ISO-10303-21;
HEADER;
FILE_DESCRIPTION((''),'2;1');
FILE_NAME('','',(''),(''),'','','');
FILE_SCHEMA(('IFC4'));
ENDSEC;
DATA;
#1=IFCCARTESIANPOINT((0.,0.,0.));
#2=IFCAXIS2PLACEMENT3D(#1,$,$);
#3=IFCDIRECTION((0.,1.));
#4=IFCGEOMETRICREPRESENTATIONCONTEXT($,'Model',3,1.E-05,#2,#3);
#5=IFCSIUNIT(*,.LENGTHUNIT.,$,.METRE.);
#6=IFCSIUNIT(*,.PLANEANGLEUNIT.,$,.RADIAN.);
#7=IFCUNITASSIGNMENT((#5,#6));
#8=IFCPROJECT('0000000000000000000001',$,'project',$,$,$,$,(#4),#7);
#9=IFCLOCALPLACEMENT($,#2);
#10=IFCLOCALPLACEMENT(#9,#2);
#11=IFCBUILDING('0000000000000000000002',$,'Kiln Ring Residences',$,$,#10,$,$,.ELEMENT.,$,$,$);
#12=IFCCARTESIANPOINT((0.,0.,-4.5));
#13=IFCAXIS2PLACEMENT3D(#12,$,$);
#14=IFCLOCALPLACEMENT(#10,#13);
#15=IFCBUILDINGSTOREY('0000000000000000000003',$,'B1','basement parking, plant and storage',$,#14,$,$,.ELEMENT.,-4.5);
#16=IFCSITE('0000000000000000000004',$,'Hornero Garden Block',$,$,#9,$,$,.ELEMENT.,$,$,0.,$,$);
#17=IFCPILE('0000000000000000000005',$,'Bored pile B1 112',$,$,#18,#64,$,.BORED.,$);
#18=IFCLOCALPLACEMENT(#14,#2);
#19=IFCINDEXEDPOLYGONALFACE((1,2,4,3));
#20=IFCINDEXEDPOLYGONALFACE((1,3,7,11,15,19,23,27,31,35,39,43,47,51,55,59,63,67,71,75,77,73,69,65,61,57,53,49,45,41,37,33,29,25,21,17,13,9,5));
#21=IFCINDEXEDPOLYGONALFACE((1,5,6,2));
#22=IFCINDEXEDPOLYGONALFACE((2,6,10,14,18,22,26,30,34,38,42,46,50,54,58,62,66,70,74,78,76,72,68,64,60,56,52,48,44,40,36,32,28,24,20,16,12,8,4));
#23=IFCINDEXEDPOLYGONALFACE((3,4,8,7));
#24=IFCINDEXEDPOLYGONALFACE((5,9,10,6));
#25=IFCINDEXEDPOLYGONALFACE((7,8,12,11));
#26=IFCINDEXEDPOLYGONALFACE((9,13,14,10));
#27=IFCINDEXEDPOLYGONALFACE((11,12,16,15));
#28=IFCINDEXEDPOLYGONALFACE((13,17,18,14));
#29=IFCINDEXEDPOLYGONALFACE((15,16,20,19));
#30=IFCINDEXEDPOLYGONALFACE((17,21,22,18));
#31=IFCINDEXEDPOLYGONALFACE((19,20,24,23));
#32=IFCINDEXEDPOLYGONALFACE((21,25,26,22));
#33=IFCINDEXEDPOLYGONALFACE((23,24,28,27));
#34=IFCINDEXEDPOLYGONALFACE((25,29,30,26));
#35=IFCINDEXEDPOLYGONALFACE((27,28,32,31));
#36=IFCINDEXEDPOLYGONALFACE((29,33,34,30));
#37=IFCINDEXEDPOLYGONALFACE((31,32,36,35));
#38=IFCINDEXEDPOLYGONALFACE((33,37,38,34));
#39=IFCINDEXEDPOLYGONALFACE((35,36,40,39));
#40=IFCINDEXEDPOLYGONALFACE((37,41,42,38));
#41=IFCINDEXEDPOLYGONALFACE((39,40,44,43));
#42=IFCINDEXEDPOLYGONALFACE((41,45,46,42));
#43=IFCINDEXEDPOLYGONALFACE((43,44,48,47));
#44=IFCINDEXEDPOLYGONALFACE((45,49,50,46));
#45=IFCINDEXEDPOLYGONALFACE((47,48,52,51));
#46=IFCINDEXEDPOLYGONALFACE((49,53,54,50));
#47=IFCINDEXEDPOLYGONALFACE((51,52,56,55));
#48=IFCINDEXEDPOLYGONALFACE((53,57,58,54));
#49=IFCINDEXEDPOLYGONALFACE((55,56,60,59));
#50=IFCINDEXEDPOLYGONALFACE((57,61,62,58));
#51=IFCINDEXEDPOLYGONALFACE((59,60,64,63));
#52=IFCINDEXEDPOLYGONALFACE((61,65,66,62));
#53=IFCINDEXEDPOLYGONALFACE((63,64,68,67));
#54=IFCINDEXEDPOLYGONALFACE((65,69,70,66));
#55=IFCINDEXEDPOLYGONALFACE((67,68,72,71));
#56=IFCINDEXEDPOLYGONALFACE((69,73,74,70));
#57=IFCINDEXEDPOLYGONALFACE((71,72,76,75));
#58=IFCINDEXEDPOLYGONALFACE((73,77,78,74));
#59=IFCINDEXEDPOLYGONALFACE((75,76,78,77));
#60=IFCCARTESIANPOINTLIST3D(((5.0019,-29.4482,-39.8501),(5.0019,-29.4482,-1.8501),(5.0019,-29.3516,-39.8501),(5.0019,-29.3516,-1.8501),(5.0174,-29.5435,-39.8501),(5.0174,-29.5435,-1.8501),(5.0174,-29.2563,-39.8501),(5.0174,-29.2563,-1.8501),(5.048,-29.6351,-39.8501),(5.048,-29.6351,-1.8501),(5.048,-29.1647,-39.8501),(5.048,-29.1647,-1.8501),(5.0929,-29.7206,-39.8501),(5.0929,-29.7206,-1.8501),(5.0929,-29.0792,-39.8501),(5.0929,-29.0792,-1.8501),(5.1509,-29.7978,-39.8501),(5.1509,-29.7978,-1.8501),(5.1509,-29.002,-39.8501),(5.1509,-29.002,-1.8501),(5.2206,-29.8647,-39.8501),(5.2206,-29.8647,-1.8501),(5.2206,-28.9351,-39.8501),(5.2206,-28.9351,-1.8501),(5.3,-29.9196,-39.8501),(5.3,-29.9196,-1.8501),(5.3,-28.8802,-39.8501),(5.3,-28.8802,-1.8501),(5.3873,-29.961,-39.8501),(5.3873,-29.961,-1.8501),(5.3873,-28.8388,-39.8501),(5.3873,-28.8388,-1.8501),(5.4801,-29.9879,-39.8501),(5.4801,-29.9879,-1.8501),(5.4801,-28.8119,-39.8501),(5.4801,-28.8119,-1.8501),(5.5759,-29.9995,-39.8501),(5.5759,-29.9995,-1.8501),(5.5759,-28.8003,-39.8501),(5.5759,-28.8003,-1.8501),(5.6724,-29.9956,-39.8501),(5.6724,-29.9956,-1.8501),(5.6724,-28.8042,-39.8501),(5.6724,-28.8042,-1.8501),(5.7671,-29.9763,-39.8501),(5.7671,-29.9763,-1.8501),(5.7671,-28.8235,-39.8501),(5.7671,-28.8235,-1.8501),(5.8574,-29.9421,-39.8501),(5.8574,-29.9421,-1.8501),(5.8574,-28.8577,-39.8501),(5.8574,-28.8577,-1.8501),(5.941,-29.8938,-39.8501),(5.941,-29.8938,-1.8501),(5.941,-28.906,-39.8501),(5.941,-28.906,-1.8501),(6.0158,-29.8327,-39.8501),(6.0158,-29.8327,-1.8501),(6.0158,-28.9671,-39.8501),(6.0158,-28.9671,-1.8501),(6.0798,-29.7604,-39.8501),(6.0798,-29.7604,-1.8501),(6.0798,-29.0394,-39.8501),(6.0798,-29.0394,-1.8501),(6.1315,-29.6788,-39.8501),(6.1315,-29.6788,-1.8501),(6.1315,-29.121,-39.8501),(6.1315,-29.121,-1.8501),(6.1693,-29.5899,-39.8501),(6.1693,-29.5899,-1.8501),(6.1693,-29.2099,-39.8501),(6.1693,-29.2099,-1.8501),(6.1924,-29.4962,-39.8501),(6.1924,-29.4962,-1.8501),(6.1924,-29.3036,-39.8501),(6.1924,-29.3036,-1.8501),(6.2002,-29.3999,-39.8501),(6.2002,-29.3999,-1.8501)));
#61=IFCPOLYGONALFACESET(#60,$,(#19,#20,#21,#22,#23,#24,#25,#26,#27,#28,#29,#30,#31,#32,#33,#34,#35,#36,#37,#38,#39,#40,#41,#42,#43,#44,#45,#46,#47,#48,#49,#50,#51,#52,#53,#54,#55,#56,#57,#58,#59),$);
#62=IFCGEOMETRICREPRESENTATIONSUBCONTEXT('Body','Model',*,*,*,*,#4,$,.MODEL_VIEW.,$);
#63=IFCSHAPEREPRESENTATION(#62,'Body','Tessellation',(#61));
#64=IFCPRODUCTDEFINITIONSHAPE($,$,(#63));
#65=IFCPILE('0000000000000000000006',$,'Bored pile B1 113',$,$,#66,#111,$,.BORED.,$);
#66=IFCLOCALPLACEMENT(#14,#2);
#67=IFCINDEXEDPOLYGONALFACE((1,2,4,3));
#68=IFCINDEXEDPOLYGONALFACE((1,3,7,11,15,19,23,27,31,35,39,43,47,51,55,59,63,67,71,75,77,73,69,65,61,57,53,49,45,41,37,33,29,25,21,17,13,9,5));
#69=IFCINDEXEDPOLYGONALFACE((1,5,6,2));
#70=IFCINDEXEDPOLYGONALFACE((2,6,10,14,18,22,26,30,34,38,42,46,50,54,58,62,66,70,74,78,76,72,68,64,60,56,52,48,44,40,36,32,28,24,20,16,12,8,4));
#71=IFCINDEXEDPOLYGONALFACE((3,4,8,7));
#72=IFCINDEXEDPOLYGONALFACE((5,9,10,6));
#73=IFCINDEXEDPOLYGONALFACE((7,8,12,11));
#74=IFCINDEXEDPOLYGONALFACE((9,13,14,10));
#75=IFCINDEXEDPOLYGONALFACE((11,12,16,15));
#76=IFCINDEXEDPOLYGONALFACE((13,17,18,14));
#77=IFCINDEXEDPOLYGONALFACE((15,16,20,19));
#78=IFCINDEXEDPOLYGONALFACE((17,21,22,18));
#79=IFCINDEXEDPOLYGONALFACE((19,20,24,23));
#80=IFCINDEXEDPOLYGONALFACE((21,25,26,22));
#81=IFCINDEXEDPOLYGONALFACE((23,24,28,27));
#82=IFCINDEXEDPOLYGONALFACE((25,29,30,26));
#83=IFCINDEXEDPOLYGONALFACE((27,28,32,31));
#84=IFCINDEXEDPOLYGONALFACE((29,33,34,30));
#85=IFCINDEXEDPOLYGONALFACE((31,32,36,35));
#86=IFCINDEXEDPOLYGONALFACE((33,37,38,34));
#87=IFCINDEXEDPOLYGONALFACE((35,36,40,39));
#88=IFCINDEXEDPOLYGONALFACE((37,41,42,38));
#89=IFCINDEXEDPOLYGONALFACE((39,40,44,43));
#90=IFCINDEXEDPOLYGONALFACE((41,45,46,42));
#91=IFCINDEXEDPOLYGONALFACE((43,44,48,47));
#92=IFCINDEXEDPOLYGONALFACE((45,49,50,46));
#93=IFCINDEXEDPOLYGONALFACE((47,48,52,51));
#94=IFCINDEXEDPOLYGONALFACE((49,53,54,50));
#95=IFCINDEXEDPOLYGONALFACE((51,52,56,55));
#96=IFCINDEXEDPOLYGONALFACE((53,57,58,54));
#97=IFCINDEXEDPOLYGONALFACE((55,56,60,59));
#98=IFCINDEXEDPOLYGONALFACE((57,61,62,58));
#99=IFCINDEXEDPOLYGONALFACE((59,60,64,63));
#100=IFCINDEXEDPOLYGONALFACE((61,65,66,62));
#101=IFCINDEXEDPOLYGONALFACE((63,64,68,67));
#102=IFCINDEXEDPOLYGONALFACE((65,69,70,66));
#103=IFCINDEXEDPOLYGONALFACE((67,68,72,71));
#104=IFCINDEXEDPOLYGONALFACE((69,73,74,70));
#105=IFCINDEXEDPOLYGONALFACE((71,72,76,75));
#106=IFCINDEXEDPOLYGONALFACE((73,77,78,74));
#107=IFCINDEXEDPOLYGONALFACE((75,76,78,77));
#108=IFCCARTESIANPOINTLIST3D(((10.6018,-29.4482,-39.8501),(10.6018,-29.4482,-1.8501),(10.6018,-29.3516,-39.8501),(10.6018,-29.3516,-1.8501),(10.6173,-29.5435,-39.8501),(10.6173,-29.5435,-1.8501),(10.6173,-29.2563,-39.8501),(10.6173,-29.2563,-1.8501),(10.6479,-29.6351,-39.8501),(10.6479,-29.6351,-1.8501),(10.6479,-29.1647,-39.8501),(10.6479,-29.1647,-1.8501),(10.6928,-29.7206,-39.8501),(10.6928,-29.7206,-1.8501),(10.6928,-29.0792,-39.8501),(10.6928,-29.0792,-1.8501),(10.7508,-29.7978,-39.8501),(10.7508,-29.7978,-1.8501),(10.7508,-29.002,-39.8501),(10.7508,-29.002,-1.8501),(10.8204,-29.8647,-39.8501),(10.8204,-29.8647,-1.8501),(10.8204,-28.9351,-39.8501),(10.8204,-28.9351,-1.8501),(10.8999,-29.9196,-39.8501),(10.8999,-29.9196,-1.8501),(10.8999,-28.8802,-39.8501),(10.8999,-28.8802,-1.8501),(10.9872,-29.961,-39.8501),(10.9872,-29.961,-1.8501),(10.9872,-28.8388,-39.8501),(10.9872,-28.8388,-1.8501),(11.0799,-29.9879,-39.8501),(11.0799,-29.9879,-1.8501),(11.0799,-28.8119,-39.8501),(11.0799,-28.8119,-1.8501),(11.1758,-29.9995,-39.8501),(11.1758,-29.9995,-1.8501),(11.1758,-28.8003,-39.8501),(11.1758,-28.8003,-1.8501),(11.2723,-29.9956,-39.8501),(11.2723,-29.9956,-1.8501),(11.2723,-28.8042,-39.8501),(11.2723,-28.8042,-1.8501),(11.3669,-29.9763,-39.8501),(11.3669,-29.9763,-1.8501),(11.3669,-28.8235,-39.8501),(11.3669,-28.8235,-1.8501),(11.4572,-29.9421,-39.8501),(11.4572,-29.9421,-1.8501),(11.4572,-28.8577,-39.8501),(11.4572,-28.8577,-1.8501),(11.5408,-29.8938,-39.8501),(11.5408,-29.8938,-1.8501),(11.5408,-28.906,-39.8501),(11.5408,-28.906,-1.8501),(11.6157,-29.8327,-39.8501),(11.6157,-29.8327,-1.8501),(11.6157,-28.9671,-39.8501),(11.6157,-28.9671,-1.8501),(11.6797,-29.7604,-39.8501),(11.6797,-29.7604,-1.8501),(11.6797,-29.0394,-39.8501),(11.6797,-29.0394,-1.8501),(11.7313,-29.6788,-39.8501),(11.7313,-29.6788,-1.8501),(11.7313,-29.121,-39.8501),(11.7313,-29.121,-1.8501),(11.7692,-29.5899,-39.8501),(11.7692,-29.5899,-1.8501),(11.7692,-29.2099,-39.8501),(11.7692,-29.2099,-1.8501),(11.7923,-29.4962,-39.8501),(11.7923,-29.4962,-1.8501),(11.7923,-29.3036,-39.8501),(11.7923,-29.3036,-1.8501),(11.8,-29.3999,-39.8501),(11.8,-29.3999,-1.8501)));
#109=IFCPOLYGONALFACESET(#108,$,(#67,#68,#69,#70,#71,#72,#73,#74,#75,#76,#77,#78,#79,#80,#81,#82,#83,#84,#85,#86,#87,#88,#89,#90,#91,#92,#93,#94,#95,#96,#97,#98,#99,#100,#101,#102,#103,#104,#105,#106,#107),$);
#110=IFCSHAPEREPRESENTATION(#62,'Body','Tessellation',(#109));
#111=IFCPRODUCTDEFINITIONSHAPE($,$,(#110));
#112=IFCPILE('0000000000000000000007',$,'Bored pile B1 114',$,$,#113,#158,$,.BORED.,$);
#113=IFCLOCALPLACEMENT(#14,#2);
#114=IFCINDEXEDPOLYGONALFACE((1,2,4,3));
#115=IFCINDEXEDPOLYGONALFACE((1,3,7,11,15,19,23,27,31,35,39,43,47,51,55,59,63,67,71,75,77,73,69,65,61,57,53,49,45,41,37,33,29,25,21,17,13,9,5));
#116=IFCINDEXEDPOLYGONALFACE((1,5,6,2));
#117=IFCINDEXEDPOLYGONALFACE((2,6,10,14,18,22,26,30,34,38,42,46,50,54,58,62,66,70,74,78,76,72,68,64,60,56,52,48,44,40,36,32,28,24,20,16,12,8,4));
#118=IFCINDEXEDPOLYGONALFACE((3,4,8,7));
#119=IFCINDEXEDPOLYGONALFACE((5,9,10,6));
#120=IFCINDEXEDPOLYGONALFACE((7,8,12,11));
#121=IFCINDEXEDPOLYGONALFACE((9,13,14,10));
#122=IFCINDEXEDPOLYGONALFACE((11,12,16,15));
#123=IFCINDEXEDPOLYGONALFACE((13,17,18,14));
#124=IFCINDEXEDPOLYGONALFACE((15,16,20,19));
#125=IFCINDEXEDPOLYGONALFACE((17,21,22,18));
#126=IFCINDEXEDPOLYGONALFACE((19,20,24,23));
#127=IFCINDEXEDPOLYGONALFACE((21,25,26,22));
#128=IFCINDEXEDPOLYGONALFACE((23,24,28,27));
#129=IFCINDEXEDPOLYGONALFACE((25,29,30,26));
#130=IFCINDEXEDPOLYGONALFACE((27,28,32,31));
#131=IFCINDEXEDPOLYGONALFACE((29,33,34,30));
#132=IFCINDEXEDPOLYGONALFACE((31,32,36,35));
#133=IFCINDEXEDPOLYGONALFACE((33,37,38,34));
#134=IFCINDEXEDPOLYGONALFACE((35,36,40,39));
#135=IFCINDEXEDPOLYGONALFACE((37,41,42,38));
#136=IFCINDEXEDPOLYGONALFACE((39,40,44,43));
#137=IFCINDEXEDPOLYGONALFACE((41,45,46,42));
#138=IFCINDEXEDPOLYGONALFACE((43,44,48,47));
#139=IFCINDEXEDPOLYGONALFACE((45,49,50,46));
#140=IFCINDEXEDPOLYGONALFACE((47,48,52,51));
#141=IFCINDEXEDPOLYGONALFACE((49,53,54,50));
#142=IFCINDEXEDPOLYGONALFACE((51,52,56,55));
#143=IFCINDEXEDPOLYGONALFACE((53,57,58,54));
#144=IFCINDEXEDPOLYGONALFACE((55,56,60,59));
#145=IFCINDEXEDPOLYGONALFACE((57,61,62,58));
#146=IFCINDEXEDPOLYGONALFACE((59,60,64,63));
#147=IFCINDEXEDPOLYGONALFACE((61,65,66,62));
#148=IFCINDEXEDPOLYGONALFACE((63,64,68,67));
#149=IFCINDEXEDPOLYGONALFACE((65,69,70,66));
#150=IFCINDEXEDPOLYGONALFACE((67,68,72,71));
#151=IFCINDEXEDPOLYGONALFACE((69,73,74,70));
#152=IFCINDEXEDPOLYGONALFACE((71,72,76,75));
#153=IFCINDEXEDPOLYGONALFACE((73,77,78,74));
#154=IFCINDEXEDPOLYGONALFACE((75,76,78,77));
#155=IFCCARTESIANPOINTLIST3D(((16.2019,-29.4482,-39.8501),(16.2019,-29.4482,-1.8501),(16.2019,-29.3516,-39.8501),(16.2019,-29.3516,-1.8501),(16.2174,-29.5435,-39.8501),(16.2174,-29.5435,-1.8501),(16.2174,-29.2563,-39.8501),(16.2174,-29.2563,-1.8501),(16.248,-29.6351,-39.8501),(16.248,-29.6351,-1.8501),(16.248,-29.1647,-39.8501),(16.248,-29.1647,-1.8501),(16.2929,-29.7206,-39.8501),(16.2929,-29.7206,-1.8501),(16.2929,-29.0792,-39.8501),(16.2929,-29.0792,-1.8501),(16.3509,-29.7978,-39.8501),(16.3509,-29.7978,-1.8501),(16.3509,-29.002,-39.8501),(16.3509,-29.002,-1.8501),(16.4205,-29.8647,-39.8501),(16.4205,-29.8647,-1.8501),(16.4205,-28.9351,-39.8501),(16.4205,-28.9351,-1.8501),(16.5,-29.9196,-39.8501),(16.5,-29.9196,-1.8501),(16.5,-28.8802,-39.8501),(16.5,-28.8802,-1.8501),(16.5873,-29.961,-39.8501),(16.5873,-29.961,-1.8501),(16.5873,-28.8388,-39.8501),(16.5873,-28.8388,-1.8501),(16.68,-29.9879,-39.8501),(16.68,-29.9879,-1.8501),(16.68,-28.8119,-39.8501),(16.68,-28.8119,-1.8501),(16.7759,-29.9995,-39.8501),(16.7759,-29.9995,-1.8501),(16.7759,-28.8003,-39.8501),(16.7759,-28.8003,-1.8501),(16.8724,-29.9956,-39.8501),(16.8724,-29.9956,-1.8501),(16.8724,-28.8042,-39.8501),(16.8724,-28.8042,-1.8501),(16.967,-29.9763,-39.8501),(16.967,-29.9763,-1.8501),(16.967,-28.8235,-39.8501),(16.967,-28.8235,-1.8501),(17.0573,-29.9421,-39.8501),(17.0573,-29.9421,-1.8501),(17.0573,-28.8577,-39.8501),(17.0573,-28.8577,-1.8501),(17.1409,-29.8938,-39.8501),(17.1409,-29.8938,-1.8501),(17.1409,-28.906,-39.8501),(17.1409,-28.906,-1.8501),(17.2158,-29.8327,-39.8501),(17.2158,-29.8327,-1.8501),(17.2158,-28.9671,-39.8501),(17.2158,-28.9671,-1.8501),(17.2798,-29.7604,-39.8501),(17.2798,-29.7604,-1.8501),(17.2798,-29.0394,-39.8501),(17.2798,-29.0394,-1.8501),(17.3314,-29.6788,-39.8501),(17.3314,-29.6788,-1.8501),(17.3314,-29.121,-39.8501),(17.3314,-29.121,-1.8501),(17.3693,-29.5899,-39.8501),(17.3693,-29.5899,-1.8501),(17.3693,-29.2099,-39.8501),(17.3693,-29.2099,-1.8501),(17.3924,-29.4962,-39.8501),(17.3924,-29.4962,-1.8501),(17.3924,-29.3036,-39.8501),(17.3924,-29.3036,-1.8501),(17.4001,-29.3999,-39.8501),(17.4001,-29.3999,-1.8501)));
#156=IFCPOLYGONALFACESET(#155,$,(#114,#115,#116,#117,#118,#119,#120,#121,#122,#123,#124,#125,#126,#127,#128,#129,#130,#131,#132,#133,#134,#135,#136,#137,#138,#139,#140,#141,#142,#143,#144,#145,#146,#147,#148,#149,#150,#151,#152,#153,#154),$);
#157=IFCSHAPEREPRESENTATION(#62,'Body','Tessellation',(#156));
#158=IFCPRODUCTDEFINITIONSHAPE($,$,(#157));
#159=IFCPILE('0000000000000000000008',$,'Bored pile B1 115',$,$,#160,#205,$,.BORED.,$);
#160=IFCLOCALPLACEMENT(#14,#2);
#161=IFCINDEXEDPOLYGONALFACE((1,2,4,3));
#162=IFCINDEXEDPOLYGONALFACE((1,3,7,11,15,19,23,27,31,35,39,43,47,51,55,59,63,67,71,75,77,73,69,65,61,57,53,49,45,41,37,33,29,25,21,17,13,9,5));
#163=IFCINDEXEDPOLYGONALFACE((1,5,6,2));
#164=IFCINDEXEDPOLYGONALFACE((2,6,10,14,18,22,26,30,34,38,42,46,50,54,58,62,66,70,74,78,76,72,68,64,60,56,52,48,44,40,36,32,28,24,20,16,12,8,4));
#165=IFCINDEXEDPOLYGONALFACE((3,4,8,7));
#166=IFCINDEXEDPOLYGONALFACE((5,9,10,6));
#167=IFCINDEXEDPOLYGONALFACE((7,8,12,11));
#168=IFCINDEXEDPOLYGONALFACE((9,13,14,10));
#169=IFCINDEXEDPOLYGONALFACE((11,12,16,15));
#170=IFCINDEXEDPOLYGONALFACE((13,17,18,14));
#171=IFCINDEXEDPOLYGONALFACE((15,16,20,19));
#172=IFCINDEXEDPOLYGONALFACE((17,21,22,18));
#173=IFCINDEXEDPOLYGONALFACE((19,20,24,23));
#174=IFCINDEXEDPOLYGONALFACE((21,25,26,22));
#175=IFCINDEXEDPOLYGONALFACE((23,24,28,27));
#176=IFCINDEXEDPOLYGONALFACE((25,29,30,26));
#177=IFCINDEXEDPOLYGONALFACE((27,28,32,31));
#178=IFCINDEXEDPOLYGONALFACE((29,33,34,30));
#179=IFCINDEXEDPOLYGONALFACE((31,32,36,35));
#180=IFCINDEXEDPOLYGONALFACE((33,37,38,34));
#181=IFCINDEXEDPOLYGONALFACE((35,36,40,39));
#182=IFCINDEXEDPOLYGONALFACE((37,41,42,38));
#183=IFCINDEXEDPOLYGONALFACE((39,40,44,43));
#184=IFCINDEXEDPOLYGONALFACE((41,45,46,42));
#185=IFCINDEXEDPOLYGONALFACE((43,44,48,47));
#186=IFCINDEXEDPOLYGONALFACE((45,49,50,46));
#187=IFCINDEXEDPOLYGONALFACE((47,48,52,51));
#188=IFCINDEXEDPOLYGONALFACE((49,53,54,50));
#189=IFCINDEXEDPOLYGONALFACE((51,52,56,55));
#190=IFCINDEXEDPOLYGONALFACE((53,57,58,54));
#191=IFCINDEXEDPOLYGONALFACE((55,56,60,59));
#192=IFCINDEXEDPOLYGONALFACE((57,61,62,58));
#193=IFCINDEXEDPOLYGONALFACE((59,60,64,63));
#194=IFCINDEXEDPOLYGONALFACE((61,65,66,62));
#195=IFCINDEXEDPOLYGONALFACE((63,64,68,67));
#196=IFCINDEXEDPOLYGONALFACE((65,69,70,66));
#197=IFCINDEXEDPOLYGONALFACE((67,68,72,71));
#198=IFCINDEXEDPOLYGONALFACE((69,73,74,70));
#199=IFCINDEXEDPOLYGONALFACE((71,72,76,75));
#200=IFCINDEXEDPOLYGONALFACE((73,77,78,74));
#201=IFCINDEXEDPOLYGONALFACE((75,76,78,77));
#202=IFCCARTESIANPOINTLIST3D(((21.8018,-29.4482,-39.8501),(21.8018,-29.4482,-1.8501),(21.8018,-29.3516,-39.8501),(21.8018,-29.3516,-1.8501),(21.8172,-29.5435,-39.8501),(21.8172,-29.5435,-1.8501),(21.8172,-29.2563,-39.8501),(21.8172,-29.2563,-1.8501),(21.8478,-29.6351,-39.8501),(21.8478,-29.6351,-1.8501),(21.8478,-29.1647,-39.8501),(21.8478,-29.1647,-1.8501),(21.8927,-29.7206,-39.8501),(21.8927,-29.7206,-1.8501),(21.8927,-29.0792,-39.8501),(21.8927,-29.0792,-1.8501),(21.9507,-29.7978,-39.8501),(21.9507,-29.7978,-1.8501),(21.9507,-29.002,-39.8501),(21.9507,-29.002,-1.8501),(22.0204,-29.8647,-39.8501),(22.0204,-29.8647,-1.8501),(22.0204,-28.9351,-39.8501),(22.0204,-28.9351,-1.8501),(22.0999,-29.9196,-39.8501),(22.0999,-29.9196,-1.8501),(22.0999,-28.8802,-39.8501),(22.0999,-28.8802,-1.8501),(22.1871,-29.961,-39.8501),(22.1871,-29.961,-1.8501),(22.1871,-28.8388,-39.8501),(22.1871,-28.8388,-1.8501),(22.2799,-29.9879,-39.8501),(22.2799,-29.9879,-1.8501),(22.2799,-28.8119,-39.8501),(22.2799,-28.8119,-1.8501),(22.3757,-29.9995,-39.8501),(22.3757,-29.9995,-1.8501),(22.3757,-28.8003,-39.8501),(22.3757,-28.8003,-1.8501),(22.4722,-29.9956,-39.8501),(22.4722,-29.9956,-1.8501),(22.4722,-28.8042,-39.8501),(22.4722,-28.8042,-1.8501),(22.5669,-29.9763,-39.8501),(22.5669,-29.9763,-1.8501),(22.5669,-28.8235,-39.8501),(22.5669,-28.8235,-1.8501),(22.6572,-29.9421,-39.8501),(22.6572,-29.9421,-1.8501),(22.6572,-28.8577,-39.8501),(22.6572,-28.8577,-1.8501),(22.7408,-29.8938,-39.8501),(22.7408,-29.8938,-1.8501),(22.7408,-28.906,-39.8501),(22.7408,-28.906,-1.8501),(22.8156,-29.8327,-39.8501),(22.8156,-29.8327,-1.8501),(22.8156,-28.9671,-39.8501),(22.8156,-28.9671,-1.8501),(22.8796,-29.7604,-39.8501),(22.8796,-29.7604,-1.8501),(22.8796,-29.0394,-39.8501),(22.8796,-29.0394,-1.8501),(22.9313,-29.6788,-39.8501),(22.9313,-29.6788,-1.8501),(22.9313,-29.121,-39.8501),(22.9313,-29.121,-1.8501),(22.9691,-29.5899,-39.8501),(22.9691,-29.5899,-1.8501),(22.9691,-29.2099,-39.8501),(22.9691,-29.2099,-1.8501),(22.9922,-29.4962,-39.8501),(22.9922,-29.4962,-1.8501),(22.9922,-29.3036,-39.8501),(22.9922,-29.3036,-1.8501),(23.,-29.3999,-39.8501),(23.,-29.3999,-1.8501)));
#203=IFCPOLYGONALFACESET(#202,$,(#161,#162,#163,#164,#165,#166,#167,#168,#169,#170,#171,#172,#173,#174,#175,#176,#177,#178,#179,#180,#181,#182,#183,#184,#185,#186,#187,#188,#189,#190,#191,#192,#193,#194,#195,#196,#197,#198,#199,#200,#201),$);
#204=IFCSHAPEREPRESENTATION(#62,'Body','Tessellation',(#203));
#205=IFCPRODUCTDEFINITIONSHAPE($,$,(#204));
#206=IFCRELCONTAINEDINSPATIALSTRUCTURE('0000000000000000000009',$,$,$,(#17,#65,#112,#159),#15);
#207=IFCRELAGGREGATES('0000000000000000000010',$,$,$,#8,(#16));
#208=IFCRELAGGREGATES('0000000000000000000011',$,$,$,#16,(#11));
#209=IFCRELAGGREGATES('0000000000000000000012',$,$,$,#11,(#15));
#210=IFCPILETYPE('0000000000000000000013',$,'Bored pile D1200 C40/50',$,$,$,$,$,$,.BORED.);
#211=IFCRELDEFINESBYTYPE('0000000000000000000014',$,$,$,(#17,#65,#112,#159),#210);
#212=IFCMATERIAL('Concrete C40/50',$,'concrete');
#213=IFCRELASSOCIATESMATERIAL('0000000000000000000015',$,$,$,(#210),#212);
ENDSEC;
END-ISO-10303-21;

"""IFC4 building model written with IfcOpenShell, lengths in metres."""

from ifc_helpers import new_model, si_unit, direction, frame, origin, origin_2d, place, context, subcontext, project, spatial, circle, extrude, material, material_profile, profile_set, type_object, element, save


model = new_model("IFC4")

# Units and contexts
model_context = context("Model", 3, precision=1e-05, world=origin(), true_north=direction((0.0, 1.0)))
body_context = subcontext(model_context, "Body", "Model", "MODEL_VIEW")
ifc_project = project(units=[si_unit("LENGTHUNIT", "METRE"), si_unit("PLANEANGLEUNIT", "RADIAN")], contexts=[model_context])

# Site, building, storey
site_placement = place(None, origin())
site = spatial("IfcSite", under=ifc_project, at=site_placement, Name="Hornero Garden Block", CompositionType="ELEMENT", RefElevation=0.0)
building_placement = place(site_placement, origin())
building = spatial("IfcBuilding", under=site, at=building_placement, Name="Kiln Ring Residences", CompositionType="ELEMENT")
storey_placement = place(building_placement, frame((0.0, 0.0, -4.5)))
storey = spatial("IfcBuildingStorey", under=building, at=storey_placement, Name="B1", Description="basement parking, plant and storage", CompositionType="ELEMENT", Elevation=-4.5)

# Piles
ifc_material_1 = material(Name="Concrete C40/50", Category="concrete")
ifc_material_profile_1 = material_profile(ifc_material_1, circle(Radius=0.6001, at=origin_2d()), Name="BORED1200")
ifc_profile_set_1 = profile_set([ifc_material_profile_1], Name="Concrete C40/50")
pile_type = type_object("IfcPileType", Name="Bored pile D1200 C40/50", PredefinedType="BORED", material=ifc_profile_set_1)
for number, where, z_axis, x_axis, name in (
    (1, (5.6001, -29.3999, -1.8501), (0.0, 0.0, -1.0), (1.0, 0.0, 0.0), "Bored pile B1 112"),
    (2, (11.2, -29.3999, -1.8501), (0.0, 0.0, -1.0), (1.0, 0.0, 0.0), "Bored pile B1 113"),
    (3, (16.8, -29.3999, -1.8501), (0.0, 0.0, -1.0), (1.0, 0.0, 0.0), "Bored pile B1 114"),
    (4, (22.3999, -29.3999, -1.8501), (0.0, 0.0, -1.0), (1.0, 0.0, 0.0), "Bored pile B1 115"),
):
    element("IfcPile", number, at=place(storey_placement, frame(where, z_axis=z_axis, x_axis=x_axis)), inside=storey, type_object=pile_type, Name=name, PredefinedType="BORED", context=body_context, shape_type="SweptSolid", body=[
        extrude(circle(Radius=0.6001, at=origin_2d()), origin(), (0.0, 0.0, 1.0), 38.0),
    ])

save(model, "model.ifc")
